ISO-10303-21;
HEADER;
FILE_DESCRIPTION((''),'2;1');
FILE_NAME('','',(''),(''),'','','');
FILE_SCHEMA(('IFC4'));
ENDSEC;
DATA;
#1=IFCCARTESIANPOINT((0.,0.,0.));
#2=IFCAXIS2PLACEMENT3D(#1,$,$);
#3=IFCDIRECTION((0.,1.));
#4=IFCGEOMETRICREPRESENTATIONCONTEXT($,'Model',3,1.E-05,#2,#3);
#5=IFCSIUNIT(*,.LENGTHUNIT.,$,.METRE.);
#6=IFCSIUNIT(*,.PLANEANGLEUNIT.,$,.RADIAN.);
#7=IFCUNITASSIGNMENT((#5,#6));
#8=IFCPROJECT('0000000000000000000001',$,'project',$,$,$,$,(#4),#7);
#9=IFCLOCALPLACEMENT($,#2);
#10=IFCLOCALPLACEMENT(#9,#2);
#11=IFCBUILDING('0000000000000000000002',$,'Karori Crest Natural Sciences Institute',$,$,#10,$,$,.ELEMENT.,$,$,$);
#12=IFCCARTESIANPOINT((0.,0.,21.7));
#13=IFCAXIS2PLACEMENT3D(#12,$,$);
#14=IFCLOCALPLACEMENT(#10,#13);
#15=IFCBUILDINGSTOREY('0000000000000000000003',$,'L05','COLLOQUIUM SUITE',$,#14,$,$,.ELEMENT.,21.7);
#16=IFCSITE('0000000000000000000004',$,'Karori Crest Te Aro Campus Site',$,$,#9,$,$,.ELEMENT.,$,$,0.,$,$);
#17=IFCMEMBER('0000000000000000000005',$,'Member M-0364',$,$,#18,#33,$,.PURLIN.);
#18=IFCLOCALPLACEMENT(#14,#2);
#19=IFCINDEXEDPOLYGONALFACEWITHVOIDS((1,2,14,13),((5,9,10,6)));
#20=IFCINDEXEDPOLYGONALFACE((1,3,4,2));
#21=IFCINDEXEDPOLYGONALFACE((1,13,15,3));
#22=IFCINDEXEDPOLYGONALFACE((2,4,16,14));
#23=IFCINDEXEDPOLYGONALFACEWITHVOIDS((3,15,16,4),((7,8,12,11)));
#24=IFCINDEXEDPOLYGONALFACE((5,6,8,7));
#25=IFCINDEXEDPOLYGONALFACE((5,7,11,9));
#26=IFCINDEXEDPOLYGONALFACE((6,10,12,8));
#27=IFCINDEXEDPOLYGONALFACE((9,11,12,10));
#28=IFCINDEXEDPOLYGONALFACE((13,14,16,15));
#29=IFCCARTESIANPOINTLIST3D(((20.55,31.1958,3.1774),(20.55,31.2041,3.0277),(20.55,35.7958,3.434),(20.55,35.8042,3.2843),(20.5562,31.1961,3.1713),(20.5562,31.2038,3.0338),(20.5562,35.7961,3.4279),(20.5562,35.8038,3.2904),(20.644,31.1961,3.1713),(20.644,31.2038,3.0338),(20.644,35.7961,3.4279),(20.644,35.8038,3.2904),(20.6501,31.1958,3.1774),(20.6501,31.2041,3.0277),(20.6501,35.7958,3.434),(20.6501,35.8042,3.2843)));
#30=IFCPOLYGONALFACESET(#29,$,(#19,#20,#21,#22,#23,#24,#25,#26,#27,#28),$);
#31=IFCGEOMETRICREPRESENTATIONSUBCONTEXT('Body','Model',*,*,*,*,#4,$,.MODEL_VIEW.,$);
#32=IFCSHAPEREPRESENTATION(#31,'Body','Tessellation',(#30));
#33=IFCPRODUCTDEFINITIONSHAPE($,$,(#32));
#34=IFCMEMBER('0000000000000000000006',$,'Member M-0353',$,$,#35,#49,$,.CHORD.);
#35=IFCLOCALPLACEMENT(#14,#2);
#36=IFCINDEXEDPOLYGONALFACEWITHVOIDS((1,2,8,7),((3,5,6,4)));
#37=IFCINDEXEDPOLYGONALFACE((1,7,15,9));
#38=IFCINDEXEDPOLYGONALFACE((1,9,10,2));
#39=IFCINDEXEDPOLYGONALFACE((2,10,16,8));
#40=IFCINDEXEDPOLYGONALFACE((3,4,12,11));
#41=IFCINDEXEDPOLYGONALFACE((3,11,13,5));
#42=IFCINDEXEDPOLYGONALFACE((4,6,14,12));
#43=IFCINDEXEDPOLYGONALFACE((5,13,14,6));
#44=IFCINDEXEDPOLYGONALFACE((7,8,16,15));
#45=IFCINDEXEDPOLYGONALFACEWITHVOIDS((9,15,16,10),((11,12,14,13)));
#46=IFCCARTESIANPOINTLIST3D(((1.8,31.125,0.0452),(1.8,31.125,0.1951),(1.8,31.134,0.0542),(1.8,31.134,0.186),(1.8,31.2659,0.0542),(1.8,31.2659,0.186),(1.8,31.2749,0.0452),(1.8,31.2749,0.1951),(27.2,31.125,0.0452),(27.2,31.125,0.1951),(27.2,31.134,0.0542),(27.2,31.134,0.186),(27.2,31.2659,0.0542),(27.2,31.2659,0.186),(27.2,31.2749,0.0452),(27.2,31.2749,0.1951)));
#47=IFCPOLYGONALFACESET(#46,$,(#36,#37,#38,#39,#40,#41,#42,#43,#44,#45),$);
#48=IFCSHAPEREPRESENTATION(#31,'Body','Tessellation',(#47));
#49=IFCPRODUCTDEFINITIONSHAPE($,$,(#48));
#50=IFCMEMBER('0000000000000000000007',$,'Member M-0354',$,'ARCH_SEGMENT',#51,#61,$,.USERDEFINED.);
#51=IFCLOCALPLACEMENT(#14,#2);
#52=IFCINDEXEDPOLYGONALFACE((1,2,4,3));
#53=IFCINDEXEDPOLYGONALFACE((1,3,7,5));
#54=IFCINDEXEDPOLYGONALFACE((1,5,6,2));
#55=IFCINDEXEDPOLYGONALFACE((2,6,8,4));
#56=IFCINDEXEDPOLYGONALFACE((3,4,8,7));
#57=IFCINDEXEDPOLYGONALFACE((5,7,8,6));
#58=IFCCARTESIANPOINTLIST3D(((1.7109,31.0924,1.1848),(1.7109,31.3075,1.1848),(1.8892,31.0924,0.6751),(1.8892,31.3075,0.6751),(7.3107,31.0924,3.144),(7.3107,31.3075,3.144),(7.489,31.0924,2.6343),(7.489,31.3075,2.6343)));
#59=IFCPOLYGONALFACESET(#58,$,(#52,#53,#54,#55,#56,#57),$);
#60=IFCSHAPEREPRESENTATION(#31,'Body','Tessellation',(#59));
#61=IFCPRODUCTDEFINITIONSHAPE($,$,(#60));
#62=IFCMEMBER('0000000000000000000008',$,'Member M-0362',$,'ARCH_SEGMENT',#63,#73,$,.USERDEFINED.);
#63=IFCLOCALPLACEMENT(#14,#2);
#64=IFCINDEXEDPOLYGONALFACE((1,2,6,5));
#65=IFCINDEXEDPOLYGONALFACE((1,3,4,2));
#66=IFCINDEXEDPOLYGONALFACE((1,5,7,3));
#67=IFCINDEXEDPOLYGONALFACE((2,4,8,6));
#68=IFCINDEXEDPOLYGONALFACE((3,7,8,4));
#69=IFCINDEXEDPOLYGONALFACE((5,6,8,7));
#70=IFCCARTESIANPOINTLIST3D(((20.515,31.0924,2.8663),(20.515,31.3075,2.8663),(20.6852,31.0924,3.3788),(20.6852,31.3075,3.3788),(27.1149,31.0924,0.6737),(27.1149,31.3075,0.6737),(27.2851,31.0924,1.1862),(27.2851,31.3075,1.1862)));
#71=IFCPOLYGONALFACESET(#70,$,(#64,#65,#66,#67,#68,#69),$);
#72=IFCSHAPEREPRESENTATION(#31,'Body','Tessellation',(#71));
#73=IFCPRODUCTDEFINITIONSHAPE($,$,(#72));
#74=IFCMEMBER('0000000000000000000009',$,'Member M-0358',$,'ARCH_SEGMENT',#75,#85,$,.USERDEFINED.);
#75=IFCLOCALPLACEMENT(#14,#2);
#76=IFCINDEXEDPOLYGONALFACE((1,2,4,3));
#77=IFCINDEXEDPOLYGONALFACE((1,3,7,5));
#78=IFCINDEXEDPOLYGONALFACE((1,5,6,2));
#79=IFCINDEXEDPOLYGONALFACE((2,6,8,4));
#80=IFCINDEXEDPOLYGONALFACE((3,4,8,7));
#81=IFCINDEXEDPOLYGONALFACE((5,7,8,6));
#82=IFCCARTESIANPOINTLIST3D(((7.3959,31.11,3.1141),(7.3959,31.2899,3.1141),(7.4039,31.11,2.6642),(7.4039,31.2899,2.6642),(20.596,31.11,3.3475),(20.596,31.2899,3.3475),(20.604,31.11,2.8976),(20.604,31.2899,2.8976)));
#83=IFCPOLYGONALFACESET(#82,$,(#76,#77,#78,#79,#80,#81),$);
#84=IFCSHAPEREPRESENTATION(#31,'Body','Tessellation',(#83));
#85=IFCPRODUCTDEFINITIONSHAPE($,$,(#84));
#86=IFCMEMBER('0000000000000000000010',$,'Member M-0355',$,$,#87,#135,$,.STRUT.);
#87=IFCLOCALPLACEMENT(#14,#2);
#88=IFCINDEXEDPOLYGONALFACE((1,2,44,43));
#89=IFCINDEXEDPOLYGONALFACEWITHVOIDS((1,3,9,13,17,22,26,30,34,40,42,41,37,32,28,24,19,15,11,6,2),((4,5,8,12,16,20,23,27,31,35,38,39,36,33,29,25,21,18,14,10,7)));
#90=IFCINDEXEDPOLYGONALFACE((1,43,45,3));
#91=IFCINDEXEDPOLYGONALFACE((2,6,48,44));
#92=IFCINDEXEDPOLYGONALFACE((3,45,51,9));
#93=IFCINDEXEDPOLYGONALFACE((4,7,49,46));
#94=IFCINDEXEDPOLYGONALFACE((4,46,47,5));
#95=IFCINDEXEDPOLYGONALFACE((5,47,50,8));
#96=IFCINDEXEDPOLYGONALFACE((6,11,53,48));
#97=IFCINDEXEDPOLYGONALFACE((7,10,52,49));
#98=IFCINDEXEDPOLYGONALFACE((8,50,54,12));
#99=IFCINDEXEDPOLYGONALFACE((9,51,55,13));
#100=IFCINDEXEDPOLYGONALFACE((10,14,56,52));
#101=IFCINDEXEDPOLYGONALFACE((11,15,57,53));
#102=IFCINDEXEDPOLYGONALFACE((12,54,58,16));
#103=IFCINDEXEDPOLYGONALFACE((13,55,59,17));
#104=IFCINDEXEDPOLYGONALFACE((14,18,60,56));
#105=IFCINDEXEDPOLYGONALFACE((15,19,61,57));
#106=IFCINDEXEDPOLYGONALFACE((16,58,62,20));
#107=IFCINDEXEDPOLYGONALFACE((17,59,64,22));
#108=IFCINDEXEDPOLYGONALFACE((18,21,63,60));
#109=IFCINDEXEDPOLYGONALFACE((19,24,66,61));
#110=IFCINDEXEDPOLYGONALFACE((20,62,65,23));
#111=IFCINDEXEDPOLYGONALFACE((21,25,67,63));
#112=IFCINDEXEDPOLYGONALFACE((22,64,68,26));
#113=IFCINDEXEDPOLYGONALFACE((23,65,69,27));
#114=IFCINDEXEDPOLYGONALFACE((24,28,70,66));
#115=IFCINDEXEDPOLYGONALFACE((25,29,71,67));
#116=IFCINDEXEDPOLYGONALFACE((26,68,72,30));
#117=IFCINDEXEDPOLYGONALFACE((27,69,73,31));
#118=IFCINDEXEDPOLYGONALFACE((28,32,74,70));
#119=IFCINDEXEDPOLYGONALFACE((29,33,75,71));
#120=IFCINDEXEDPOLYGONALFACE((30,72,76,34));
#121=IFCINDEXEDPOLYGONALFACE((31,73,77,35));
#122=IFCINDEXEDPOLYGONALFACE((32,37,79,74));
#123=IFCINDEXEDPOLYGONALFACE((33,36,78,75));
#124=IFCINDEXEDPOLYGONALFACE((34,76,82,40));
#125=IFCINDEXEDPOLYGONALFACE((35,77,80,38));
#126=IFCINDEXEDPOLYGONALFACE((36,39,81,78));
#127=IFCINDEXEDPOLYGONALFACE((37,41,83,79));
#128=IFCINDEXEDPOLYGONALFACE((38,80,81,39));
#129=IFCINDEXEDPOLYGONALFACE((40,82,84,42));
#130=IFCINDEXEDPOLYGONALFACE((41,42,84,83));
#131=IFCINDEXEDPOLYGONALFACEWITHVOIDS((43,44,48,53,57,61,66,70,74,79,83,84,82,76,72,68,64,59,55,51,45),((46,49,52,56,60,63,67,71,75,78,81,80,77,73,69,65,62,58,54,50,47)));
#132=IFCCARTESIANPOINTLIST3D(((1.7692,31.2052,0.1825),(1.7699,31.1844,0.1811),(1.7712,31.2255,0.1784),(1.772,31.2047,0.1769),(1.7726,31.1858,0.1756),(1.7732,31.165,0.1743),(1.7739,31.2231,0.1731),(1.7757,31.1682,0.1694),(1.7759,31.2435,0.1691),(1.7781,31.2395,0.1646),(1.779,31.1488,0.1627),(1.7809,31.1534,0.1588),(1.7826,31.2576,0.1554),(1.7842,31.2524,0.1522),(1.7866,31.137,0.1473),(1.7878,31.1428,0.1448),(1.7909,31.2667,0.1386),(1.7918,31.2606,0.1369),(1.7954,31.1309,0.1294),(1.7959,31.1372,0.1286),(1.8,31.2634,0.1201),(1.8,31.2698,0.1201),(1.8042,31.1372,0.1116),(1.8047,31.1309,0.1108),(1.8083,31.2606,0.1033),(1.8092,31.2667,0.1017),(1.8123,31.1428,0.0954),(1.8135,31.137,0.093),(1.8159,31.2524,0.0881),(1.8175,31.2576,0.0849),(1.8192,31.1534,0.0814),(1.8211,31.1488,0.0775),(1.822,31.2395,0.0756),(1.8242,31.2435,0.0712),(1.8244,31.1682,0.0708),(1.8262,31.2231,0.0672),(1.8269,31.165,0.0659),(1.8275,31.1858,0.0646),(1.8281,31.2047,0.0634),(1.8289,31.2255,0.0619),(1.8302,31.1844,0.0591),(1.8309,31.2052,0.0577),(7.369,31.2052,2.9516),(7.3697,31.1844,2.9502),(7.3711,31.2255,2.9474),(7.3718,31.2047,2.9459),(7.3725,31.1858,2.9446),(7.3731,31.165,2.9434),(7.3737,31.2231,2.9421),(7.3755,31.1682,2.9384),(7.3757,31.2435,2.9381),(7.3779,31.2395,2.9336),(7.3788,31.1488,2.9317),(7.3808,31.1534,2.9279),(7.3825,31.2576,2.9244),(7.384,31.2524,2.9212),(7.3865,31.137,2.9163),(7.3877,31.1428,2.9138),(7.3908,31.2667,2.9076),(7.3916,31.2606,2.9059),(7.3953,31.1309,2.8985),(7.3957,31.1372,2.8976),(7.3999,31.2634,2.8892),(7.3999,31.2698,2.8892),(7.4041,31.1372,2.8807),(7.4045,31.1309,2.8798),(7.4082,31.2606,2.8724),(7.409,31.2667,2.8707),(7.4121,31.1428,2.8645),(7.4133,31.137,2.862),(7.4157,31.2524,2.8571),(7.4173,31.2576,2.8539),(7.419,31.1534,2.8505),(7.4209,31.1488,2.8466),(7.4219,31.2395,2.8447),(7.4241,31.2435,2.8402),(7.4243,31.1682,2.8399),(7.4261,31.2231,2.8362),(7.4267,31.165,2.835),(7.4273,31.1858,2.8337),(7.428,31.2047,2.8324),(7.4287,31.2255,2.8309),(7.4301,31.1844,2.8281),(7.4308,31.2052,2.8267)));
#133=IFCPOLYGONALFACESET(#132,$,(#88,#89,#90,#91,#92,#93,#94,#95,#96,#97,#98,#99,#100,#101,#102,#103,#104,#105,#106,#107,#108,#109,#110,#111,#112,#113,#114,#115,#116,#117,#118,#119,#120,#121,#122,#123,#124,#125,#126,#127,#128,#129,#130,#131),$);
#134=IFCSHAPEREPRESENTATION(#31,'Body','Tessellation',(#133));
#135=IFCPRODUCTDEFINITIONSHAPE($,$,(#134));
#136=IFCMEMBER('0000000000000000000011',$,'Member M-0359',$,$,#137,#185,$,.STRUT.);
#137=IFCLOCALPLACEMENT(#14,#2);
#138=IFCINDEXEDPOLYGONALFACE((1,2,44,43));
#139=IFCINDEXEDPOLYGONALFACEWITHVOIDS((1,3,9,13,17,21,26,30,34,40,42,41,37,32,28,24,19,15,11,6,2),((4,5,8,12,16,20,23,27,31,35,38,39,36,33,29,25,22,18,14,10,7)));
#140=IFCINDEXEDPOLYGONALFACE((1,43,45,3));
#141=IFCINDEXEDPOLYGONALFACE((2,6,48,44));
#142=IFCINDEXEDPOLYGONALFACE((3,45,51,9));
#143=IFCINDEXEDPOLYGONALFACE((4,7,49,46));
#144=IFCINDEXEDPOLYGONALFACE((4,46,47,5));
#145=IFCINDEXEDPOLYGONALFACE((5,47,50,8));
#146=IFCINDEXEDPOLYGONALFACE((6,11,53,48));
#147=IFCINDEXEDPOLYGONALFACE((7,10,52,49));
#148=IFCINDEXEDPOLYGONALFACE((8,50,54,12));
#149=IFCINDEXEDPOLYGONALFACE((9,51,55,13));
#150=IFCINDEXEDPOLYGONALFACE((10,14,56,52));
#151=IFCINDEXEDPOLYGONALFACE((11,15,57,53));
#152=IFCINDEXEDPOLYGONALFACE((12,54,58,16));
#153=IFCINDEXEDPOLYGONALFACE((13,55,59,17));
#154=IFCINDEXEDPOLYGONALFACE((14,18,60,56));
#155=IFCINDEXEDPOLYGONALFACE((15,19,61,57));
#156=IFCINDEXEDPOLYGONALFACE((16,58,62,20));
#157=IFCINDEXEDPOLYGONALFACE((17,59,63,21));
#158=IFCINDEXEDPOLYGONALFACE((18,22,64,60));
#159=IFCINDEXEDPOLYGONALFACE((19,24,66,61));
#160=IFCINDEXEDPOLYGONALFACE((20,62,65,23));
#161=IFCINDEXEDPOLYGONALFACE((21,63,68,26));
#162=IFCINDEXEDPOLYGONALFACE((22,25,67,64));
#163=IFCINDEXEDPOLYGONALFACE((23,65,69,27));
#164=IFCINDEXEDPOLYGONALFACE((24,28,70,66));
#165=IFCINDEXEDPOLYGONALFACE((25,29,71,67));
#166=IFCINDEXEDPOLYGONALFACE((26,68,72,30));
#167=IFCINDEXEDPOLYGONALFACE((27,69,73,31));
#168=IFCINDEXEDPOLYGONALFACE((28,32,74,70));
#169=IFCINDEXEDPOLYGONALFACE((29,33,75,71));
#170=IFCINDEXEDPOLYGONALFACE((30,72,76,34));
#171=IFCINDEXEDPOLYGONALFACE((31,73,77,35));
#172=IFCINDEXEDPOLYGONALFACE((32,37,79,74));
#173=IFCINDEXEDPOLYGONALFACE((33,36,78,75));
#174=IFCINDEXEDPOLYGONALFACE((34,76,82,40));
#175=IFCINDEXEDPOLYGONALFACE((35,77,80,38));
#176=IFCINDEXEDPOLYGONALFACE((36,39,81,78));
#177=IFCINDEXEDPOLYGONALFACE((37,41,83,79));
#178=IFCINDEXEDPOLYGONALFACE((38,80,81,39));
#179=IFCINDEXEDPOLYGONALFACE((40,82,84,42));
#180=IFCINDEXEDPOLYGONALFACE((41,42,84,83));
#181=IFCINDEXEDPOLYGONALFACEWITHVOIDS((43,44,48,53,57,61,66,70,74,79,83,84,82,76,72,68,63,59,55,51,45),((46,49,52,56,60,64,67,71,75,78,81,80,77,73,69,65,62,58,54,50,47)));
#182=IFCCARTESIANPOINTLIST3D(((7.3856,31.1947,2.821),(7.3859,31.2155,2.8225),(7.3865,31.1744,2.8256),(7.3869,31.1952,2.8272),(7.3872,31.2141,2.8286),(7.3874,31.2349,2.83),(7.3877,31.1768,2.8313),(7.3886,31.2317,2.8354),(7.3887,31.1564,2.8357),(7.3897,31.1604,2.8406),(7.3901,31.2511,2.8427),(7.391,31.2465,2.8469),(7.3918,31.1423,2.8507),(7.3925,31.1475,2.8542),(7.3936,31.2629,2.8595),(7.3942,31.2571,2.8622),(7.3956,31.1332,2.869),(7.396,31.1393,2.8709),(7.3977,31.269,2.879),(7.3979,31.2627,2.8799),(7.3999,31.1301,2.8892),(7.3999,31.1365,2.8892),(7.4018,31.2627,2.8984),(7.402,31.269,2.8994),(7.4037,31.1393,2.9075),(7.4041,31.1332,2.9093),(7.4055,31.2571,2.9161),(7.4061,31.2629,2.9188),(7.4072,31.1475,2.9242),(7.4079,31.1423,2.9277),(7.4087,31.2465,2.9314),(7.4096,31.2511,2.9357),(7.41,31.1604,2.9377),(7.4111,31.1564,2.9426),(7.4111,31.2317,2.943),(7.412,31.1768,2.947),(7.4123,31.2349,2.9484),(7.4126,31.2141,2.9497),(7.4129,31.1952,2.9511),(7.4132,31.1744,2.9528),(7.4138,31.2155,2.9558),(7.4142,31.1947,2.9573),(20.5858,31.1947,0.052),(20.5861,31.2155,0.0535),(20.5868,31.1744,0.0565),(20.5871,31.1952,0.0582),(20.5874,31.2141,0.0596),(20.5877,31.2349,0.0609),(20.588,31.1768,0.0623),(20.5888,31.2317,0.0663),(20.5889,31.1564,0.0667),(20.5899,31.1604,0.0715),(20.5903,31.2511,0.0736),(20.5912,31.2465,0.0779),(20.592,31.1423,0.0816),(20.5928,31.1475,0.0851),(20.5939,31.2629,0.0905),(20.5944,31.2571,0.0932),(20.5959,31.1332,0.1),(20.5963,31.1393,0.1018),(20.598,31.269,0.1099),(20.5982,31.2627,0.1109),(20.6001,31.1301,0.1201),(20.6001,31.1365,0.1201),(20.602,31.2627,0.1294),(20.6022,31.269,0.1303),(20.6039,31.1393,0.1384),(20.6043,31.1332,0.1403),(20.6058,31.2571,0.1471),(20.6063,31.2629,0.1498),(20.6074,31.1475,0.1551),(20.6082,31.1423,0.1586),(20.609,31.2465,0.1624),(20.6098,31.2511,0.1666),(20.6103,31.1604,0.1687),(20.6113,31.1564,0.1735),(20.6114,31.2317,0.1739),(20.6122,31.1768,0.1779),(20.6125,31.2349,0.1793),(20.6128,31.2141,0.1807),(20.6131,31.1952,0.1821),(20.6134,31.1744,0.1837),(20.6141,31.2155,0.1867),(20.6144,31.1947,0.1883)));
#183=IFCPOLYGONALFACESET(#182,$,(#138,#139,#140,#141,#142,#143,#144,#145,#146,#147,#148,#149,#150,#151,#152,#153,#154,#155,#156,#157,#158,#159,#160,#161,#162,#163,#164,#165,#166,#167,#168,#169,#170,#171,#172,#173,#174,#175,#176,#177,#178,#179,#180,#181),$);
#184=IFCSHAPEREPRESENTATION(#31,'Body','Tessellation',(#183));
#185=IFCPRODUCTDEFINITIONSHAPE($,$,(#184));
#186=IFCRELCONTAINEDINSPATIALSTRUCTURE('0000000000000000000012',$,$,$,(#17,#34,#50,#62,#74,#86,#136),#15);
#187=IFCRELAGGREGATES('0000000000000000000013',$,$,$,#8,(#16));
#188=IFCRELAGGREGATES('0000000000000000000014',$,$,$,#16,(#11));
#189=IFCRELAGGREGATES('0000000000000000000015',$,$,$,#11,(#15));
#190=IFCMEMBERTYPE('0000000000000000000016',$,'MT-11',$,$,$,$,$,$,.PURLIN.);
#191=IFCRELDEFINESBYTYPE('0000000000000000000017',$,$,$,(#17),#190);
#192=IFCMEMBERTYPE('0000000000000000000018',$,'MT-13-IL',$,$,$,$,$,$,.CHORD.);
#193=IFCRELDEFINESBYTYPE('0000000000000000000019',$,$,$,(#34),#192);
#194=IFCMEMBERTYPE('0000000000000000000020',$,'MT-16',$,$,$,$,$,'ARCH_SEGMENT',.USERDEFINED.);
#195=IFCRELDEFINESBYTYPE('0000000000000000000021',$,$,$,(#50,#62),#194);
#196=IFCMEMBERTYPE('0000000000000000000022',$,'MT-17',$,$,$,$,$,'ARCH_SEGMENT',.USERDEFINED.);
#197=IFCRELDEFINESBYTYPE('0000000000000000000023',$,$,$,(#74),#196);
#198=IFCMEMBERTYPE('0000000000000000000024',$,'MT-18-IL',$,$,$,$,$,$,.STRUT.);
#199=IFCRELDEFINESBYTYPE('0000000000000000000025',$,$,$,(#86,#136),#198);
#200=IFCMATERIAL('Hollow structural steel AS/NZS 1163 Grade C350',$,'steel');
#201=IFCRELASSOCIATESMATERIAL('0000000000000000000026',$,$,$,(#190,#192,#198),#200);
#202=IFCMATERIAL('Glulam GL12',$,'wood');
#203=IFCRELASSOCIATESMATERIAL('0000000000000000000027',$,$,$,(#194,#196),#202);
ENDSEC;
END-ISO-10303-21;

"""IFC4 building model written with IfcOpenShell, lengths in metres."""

from ifc_helpers import new_model, si_unit, direction, frame, origin, origin_2d, place, context, subcontext, project, spatial, rectangle, hollow_rectangle, hollow_circle, extrude, material, material_profile, profile_set, type_object, element, save


model = new_model("IFC4")

# Units and contexts
model_context = context("Model", 3, precision=1e-05, world=origin(), true_north=direction((0.0, 1.0)))
body_context = subcontext(model_context, "Body", "Model", "MODEL_VIEW")
ifc_project = project(units=[si_unit("LENGTHUNIT", "METRE"), si_unit("PLANEANGLEUNIT", "RADIAN")], contexts=[model_context])

# Site, building, storey
site_placement = place(None, origin())
site = spatial("IfcSite", under=ifc_project, at=site_placement, Name="Karori Crest Te Aro Campus Site", CompositionType="ELEMENT", RefElevation=0.0)
building_placement = place(site_placement, origin())
building = spatial("IfcBuilding", under=site, at=building_placement, Name="Karori Crest Natural Sciences Institute", CompositionType="ELEMENT")
storey_placement = place(building_placement, frame((0.0, 0.0, 21.7)))
storey = spatial("IfcBuildingStorey", under=building, at=storey_placement, Name="L05", Description="COLLOQUIUM SUITE", CompositionType="ELEMENT", Elevation=21.7)

# Members
ifc_material_1 = material(Name="Hollow structural steel AS/NZS 1163 Grade C350", Category="steel")
ifc_material_profile_1 = material_profile(ifc_material_1, hollow_rectangle(XDim=0.1001, YDim=0.1499, WallThickness=0.0061, at=origin_2d()), Name="RHS150x100x6")
ifc_profile_set_1 = profile_set([ifc_material_profile_1], Name="Hollow structural steel AS/NZS 1163 Grade C350")
member_type_1 = type_object("IfcMemberType", Name="MT-11", PredefinedType="PURLIN", material=ifc_profile_set_1)
for number, where, z_axis, x_axis, name in (
    (1, (20.6001, 31.2, 3.1025), (0.0, 0.998448, 0.055693), (-1.0, 0.0, 0.0), "Member M-0364"),
):
    element("IfcMember", number, at=place(storey_placement, frame(where, z_axis=z_axis, x_axis=x_axis)), inside=storey, type_object=member_type_1, Name=name, PredefinedType="PURLIN", context=body_context, shape_type="SweptSolid", body=[
        extrude(hollow_rectangle(XDim=0.1001, YDim=0.1499, WallThickness=0.0061, at=origin_2d()), origin(), (0.0, 0.0, 1.0), 4.6072),
    ])
ifc_material_profile_2 = material_profile(ifc_material_1, hollow_rectangle(XDim=0.1499, YDim=0.1499, WallThickness=0.009, at=origin_2d()), Name="SHS150x150x9")
ifc_profile_set_2 = profile_set([ifc_material_profile_2], Name="Hollow structural steel AS/NZS 1163 Grade C350")
member_type_2 = type_object("IfcMemberType", Name="MT-13-IL", PredefinedType="CHORD", material=ifc_profile_set_2)
member_1_placement = place(storey_placement, frame((1.8, 31.2, 0.1201), z_axis=(1.0, 0.0, 0.0), x_axis=(0.0, 1.0, 0.0)))
element("IfcMember", 2, at=member_1_placement, inside=storey, type_object=member_type_2, Name="Member M-0353", PredefinedType="CHORD", context=body_context, shape_type="SweptSolid", body=[
    extrude(hollow_rectangle(XDim=0.1499, YDim=0.1499, WallThickness=0.009, at=origin_2d()), origin(), (0.0, 0.0, 1.0), 25.3999),
])
ifc_material_2 = material(Name="Glulam GL12", Category="wood")
ifc_material_profile_3 = material_profile(ifc_material_2, rectangle(XDim=0.2151, YDim=0.54, at=origin_2d()), Name="GL215x540")
ifc_profile_set_3 = profile_set([ifc_material_profile_3], Name="Glulam GL12")
member_type_3 = type_object("IfcMemberType", Name="MT-16", ElementType="ARCH_SEGMENT", PredefinedType="USERDEFINED", material=ifc_profile_set_3)
member_2_placement = place(storey_placement, frame((1.8, 31.2, 0.9299), z_axis=(0.943896, 0.0, 0.330242), x_axis=(0.0, 1.0, 0.0)))
element("IfcMember", 3, at=member_2_placement, inside=storey, type_object=member_type_3, Name="Member M-0354", ObjectType="ARCH_SEGMENT", PredefinedType="USERDEFINED", context=body_context, shape_type="SweptSolid", body=[
    extrude(rectangle(XDim=0.2151, YDim=0.54, at=origin_2d()), origin(), (0.0, 0.0, 1.0), 5.9326),
])
member_3_placement = place(storey_placement, frame((20.6001, 31.2, 3.1226), z_axis=(0.948999, 0.0, -0.31528), x_axis=(0.0, 1.0, 0.0)))
element("IfcMember", 4, at=member_3_placement, inside=storey, type_object=member_type_3, Name="Member M-0362", ObjectType="ARCH_SEGMENT", PredefinedType="USERDEFINED", context=body_context, shape_type="SweptSolid", body=[
    extrude(rectangle(XDim=0.2151, YDim=0.54, at=origin_2d()), origin(), (0.0, 0.0, 1.0), 6.9546),
])
ifc_material_profile_4 = material_profile(ifc_material_2, rectangle(XDim=0.1799, YDim=0.45, at=origin_2d()), Name="GL180x450")
ifc_profile_set_4 = profile_set([ifc_material_profile_4], Name="Glulam GL12")
member_type_4 = type_object("IfcMemberType", Name="MT-17", ElementType="ARCH_SEGMENT", PredefinedType="USERDEFINED", material=ifc_profile_set_4)
member_4_placement = place(storey_placement, frame((7.3999, 31.2, 2.8892), z_axis=(0.999844, 0.0, 0.017679), x_axis=(0.0, 1.0, 0.0)))
element("IfcMember", 5, at=member_4_placement, inside=storey, type_object=member_type_4, Name="Member M-0358", ObjectType="ARCH_SEGMENT", PredefinedType="USERDEFINED", context=body_context, shape_type="SweptSolid", body=[
    extrude(rectangle(XDim=0.1799, YDim=0.45, at=origin_2d()), origin(), (0.0, 0.0, 1.0), 13.2021),
])
ifc_material_profile_5 = material_profile(ifc_material_1, hollow_circle(Radius=0.0698, WallThickness=0.0063, at=origin_2d()), Name="CHS139.7x6.4")
ifc_profile_set_5 = profile_set([ifc_material_profile_5], Name="Hollow structural steel AS/NZS 1163 Grade C350")
member_type_5 = type_object("IfcMemberType", Name="MT-18-IL", PredefinedType="STRUT", material=ifc_profile_set_5)
member_5_placement = place(storey_placement, frame((1.8, 31.2, 0.1201), z_axis=(0.896396, 0.0, 0.443254), x_axis=(0.0, 1.0, 0.0)))
element("IfcMember", 6, at=member_5_placement, inside=storey, type_object=member_type_5, Name="Member M-0355", PredefinedType="STRUT", context=body_context, shape_type="SweptSolid", body=[
    extrude(hollow_circle(Radius=0.0698, WallThickness=0.0063, at=origin_2d()), origin(), (0.0, 0.0, 1.0), 6.2471),
])
member_6_placement = place(storey_placement, frame((20.6001, 31.2, 0.1201), z_axis=(-0.978698, 0.0, 0.205304), x_axis=(0.0, -1.0, 0.0)))
element("IfcMember", 7, at=member_6_placement, inside=storey, type_object=member_type_5, Name="Member M-0359", PredefinedType="STRUT", context=body_context, shape_type="SweptSolid", body=[
    extrude(hollow_circle(Radius=0.0698, WallThickness=0.0063, at=origin_2d()), origin(), (0.0, 0.0, 1.0), 13.4875),
])

save(model, "model.ifc")
